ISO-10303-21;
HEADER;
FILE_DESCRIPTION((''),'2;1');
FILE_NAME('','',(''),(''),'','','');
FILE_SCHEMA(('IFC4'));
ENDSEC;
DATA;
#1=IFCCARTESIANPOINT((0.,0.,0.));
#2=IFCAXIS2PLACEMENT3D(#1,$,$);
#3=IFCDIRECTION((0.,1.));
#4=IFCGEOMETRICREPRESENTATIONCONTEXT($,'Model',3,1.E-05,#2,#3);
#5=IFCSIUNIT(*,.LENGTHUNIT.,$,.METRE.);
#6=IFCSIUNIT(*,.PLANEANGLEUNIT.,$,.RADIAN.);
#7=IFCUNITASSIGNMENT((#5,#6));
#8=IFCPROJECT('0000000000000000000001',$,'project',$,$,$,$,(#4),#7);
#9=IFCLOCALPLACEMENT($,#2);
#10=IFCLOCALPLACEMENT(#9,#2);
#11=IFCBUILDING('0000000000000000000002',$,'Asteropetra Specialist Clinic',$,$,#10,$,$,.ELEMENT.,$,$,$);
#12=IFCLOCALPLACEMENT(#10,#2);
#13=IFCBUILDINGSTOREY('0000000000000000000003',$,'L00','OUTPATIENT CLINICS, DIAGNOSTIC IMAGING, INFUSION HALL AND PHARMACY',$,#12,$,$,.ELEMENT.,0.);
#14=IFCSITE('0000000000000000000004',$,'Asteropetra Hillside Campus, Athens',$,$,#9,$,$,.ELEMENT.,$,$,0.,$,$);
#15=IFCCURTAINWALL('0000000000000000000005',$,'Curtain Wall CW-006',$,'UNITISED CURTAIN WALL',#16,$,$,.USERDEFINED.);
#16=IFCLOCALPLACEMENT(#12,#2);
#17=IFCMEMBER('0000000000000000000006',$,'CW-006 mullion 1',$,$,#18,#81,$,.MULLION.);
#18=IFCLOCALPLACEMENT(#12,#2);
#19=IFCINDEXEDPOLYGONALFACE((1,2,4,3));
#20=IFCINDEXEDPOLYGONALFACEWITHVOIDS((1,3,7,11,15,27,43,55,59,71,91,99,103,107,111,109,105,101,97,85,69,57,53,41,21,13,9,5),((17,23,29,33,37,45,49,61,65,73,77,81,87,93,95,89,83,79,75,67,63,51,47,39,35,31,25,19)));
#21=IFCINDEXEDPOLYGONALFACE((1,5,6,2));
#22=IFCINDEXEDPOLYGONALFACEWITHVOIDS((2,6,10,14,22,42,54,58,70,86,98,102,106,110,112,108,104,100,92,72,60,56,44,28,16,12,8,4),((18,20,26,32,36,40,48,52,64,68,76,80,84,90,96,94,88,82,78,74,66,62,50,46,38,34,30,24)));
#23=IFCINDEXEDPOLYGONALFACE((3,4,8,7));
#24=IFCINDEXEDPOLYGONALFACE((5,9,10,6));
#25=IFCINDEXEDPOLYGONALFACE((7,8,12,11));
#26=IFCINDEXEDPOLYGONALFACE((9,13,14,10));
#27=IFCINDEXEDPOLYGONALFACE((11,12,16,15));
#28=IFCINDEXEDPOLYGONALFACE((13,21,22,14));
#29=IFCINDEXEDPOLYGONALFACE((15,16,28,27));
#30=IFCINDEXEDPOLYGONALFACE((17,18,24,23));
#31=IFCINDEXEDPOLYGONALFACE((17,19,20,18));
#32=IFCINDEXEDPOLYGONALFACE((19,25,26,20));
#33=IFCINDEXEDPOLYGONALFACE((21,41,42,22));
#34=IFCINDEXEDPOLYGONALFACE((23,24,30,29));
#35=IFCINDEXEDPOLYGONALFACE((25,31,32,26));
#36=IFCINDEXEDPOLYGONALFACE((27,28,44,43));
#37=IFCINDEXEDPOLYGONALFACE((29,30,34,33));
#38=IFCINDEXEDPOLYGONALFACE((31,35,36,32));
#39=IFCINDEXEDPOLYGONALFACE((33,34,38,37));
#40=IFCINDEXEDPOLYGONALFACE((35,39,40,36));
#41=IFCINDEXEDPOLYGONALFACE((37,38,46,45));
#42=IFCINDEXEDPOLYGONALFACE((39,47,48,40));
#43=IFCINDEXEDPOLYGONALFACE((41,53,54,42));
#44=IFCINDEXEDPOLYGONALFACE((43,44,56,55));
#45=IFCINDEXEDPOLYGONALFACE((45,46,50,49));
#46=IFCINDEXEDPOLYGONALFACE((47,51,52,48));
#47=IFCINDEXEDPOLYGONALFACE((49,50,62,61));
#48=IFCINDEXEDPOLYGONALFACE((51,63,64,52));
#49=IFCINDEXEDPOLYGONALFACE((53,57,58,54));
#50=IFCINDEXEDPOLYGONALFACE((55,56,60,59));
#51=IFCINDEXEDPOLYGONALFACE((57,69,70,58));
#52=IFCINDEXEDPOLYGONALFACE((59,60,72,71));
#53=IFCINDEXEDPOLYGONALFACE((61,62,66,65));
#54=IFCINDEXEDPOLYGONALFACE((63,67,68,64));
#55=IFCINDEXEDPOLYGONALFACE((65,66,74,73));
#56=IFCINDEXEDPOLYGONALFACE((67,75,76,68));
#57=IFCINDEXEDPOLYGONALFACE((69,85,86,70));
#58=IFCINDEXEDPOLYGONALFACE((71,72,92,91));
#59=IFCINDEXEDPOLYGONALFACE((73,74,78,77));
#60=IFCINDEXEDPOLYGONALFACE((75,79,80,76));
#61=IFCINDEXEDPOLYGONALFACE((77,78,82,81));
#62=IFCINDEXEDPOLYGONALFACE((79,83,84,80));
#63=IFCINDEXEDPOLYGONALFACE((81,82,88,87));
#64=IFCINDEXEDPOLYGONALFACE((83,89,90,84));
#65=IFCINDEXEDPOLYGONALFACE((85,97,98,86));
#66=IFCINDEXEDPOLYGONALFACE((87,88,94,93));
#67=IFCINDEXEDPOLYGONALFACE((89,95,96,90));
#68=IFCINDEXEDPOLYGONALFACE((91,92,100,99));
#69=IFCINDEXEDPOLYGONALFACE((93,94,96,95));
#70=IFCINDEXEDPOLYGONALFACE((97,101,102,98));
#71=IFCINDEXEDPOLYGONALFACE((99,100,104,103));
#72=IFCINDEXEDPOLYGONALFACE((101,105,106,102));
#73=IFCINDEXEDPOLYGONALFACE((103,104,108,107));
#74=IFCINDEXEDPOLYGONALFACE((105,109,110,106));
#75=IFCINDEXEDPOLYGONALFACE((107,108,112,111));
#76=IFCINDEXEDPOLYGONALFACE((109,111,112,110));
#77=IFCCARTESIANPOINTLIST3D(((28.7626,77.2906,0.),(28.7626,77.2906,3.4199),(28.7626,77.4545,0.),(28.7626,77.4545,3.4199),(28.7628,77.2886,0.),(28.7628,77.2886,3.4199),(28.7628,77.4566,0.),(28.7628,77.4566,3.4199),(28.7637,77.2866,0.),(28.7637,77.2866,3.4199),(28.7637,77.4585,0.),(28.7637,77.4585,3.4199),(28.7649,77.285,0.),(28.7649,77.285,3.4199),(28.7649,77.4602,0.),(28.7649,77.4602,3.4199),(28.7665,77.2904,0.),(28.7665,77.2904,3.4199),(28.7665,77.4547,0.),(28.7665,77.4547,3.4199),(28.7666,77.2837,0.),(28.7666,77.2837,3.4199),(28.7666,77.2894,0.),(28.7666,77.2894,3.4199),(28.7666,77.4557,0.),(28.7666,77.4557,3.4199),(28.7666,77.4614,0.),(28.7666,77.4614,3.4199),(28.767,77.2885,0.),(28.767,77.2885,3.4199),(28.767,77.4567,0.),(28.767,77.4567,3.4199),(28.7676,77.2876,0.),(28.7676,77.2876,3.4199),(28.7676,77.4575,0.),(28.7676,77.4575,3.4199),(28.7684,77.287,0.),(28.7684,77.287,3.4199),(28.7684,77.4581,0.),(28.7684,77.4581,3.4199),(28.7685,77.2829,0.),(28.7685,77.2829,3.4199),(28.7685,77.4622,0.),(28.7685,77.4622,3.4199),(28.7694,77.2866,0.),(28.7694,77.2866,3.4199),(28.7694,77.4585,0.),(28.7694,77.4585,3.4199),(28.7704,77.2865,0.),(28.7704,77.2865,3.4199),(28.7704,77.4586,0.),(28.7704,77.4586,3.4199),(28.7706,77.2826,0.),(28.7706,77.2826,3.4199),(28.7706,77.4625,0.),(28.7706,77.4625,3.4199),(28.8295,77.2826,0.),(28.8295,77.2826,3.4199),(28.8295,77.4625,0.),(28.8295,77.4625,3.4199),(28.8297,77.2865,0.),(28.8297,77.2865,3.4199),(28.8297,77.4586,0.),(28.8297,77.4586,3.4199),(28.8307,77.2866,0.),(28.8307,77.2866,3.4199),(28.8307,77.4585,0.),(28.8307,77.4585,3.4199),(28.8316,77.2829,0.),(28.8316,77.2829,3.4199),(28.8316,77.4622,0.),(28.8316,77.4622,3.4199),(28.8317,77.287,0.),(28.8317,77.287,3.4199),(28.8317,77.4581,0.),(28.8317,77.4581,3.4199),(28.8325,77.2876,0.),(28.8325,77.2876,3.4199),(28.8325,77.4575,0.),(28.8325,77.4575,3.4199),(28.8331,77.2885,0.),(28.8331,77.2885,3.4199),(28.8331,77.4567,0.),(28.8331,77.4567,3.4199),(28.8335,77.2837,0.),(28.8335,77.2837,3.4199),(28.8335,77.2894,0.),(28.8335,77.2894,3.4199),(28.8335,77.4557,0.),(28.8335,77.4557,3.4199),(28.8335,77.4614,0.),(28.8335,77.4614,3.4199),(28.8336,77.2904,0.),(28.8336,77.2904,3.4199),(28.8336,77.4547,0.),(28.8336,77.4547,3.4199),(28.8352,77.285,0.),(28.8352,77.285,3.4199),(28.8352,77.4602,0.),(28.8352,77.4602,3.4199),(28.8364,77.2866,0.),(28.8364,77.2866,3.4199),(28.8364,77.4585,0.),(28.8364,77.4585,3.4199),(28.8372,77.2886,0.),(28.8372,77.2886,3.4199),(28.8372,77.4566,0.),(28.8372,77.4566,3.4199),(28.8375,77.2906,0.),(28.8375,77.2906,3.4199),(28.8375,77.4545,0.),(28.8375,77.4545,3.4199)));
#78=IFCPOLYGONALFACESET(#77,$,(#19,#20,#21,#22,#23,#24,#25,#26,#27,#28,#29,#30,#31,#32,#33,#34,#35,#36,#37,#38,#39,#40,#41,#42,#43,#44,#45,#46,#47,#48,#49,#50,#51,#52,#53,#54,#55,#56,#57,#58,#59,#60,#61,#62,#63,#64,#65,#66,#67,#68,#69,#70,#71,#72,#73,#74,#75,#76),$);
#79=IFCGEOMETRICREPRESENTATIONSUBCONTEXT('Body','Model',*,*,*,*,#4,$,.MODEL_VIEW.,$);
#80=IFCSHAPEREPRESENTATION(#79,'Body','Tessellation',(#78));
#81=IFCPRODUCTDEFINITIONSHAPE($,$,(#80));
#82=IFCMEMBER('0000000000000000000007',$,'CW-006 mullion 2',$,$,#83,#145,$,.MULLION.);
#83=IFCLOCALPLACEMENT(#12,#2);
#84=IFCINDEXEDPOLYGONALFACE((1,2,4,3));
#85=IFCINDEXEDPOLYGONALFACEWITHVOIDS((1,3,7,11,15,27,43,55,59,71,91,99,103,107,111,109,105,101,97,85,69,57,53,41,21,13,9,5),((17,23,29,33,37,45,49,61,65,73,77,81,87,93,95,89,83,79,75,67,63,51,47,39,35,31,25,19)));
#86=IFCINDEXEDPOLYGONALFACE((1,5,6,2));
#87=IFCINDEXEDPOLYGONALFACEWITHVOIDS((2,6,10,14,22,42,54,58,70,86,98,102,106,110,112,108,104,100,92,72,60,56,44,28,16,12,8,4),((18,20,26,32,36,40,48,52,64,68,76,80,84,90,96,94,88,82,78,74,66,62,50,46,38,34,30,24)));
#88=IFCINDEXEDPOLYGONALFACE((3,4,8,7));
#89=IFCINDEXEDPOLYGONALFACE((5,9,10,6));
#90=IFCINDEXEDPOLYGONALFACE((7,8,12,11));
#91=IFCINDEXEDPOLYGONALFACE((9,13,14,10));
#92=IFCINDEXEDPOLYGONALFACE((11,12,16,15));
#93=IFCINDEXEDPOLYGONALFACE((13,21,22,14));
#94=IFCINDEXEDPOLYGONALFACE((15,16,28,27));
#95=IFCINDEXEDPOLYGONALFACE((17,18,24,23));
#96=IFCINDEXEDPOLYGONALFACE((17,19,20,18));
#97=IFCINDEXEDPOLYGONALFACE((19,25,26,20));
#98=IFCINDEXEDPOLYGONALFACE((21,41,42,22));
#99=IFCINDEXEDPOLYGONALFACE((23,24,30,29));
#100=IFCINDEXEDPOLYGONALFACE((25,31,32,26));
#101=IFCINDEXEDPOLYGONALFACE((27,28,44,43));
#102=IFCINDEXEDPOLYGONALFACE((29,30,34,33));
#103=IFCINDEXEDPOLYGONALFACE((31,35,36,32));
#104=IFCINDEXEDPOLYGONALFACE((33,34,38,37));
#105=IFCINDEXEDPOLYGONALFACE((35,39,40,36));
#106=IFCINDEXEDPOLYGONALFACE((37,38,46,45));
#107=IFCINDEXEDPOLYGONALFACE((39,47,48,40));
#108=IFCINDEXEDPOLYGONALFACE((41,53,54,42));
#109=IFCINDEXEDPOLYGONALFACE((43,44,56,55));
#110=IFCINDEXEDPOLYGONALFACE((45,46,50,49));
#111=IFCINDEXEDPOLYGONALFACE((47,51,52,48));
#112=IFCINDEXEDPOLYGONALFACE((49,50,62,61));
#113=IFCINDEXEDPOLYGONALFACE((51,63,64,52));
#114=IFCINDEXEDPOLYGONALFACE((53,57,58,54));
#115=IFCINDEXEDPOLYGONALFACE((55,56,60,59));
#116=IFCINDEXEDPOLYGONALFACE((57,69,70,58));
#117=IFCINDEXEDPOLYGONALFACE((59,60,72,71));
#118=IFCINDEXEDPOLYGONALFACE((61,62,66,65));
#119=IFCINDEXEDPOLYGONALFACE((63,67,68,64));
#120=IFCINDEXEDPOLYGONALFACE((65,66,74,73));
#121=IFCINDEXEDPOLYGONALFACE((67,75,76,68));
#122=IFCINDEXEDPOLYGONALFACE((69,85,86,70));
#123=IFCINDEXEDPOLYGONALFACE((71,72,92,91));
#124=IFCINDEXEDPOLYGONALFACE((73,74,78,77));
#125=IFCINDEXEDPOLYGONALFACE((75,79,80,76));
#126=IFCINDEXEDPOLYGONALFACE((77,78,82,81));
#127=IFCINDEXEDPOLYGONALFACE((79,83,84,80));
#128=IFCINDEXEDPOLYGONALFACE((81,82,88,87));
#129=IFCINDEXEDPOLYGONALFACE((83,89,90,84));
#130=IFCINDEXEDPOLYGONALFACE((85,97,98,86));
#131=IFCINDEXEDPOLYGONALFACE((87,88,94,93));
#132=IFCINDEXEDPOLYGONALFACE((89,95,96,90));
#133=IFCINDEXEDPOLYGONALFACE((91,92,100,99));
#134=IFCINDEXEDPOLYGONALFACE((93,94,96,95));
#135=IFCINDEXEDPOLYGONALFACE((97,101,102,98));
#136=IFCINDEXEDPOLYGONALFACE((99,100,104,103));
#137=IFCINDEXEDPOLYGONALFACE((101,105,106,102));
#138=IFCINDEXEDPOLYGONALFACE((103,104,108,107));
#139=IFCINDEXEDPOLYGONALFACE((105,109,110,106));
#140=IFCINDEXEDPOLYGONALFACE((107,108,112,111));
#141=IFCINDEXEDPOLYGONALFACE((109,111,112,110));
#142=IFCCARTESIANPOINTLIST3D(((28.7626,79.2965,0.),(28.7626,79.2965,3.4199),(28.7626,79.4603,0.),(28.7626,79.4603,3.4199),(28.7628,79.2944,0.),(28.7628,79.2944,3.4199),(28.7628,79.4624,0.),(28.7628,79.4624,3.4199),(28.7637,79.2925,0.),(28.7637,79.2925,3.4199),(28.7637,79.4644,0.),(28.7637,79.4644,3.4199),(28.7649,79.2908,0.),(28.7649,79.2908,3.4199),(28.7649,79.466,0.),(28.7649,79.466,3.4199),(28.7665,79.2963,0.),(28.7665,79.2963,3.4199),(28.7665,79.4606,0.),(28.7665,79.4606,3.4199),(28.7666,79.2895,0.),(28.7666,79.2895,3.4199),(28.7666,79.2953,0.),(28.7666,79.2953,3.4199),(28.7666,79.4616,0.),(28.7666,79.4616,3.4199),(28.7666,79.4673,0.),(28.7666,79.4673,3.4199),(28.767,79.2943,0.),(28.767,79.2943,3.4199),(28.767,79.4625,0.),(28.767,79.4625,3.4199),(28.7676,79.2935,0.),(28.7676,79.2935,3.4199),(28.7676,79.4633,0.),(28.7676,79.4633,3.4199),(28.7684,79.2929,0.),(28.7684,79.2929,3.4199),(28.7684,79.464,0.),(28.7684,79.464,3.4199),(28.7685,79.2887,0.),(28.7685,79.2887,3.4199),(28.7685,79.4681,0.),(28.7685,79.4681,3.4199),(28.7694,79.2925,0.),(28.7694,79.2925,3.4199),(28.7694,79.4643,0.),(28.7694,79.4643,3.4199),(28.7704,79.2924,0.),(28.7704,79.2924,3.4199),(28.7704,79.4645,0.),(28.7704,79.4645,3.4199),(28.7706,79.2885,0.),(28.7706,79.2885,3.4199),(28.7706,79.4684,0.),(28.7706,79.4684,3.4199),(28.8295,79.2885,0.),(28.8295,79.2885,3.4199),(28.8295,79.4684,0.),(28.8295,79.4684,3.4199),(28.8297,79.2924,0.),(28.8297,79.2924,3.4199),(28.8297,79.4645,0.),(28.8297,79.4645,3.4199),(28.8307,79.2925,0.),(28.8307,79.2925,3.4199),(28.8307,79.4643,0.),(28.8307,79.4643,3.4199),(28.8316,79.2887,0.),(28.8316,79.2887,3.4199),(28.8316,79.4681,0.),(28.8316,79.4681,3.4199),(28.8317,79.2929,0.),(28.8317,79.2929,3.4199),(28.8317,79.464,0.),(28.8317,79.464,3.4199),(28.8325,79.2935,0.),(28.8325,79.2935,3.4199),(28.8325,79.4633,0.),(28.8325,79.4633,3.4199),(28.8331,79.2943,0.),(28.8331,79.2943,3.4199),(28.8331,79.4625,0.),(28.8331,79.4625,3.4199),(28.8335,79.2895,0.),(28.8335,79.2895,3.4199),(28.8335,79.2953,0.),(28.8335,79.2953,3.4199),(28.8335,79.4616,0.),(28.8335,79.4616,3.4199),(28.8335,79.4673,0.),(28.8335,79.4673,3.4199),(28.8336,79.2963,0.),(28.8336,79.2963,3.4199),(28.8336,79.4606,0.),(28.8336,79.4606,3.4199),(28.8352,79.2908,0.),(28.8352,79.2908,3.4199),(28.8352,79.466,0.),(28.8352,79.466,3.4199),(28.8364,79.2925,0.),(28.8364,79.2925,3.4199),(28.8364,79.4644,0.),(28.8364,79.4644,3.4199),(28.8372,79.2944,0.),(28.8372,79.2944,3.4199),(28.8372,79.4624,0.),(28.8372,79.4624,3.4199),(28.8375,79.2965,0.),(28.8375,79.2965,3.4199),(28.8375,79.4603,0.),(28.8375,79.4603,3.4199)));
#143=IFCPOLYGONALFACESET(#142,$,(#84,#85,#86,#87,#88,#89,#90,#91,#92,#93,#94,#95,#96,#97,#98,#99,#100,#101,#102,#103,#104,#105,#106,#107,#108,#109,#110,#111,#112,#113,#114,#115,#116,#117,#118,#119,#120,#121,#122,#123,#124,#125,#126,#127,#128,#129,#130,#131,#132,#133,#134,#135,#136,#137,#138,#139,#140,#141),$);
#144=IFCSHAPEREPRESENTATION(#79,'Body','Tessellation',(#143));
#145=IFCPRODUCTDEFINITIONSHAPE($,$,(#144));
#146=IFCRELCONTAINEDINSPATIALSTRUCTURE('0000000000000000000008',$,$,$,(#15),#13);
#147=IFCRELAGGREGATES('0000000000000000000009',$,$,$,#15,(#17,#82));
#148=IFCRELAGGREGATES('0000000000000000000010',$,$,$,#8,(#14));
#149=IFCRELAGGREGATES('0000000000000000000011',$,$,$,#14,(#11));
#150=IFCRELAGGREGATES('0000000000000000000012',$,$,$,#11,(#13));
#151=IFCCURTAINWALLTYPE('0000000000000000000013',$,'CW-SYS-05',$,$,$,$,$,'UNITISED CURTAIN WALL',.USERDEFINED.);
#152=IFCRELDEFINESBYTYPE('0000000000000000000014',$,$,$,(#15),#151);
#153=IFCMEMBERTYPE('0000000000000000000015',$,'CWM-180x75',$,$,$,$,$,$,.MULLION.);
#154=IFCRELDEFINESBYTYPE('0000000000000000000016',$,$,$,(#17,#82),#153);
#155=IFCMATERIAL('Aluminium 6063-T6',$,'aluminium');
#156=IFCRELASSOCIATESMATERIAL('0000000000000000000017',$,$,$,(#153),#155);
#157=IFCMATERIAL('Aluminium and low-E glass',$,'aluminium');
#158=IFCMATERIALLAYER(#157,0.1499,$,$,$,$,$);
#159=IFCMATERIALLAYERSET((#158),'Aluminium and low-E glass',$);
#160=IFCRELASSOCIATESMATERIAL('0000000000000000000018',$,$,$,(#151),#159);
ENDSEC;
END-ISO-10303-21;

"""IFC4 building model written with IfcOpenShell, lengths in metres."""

from ifc_helpers import new_model, si_unit, direction, frame, origin, origin_2d, place, context, subcontext, project, spatial, hollow_rectangle, extrude, material, layer, layer_set, material_profile, profile_set, type_object, element, aggregate, save


model = new_model("IFC4")

# Units and contexts
model_context = context("Model", 3, precision=1e-05, world=origin(), true_north=direction((0.0, 1.0)))
body_context = subcontext(model_context, "Body", "Model", "MODEL_VIEW")
ifc_project = project(units=[si_unit("LENGTHUNIT", "METRE"), si_unit("PLANEANGLEUNIT", "RADIAN")], contexts=[model_context])

# Site, building, storey
site_placement = place(None, origin())
site = spatial("IfcSite", under=ifc_project, at=site_placement, Name="Asteropetra Hillside Campus, Athens", CompositionType="ELEMENT", RefElevation=0.0)
building_placement = place(site_placement, origin())
building = spatial("IfcBuilding", under=site, at=building_placement, Name="Asteropetra Specialist Clinic", CompositionType="ELEMENT")
storey_placement = place(building_placement, origin())
storey = spatial("IfcBuildingStorey", under=building, at=storey_placement, Name="L00", Description="OUTPATIENT CLINICS, DIAGNOSTIC IMAGING, INFUSION HALL AND PHARMACY", CompositionType="ELEMENT", Elevation=0.0)

# Shared definitions
ifc_material_1 = material(Name="Aluminium 6063-T6", Category="aluminium")
ifc_material_profile_1 = material_profile(ifc_material_1, hollow_rectangle(XDim=0.075, YDim=0.1799, WallThickness=0.0039, InnerFilletRadius=0.0039, OuterFilletRadius=0.0081, at=origin_2d()), Name="MUL 180x75x4.0")
ifc_profile_set_1 = profile_set([ifc_material_profile_1], Name="Aluminium 6063-T6")
member_type_1 = type_object("IfcMemberType", Name="CWM-180x75", PredefinedType="MULLION", material=ifc_profile_set_1)

# Curtain wall, members
ifc_material_2 = material(Name="Aluminium and low-E glass", Category="aluminium")
ifc_layer_1 = layer(ifc_material_2, 0.1499)
ifc_layer_set_1 = layer_set([ifc_layer_1], Name="Aluminium and low-E glass")
curtain_wall_type_1 = type_object("IfcCurtainWallType", Name="CW-SYS-05", ElementType="UNITISED CURTAIN WALL", PredefinedType="USERDEFINED", material=ifc_layer_set_1)
curtain_wall_1_placement = place(storey_placement, origin())
curtain_wall_1 = element("IfcCurtainWall", 1, at=curtain_wall_1_placement, inside=storey, type_object=curtain_wall_type_1, Name="Curtain Wall CW-006", ObjectType="UNITISED CURTAIN WALL", PredefinedType="USERDEFINED")
member_1_placement = place(storey_placement, frame((28.8, 77.3726, 0.0), z_axis=(0.0, 0.0, 1.0), x_axis=(-1.0, 0.0, 0.0)))
member_1 = element("IfcMember", 2, at=member_1_placement, type_object=member_type_1, Name="CW-006 mullion 1", PredefinedType="MULLION", context=body_context, shape_type="SweptSolid", body=[
    extrude(hollow_rectangle(XDim=0.075, YDim=0.1799, WallThickness=0.0039, InnerFilletRadius=0.0039, OuterFilletRadius=0.0081, at=origin_2d()), origin(), (0.0, 0.0, 1.0), 3.4199),
])
member_2_placement = place(storey_placement, frame((28.8, 79.3784, 0.0), z_axis=(0.0, 0.0, 1.0), x_axis=(-1.0, 0.0, 0.0)))
member_2 = element("IfcMember", 3, at=member_2_placement, type_object=member_type_1, Name="CW-006 mullion 2", PredefinedType="MULLION", context=body_context, shape_type="SweptSolid", body=[
    extrude(hollow_rectangle(XDim=0.075, YDim=0.1799, WallThickness=0.0039, InnerFilletRadius=0.0039, OuterFilletRadius=0.0081, at=origin_2d()), origin(), (0.0, 0.0, 1.0), 3.4199),
])
aggregate(curtain_wall_1, [member_1, member_2])

save(model, "model.ifc")
